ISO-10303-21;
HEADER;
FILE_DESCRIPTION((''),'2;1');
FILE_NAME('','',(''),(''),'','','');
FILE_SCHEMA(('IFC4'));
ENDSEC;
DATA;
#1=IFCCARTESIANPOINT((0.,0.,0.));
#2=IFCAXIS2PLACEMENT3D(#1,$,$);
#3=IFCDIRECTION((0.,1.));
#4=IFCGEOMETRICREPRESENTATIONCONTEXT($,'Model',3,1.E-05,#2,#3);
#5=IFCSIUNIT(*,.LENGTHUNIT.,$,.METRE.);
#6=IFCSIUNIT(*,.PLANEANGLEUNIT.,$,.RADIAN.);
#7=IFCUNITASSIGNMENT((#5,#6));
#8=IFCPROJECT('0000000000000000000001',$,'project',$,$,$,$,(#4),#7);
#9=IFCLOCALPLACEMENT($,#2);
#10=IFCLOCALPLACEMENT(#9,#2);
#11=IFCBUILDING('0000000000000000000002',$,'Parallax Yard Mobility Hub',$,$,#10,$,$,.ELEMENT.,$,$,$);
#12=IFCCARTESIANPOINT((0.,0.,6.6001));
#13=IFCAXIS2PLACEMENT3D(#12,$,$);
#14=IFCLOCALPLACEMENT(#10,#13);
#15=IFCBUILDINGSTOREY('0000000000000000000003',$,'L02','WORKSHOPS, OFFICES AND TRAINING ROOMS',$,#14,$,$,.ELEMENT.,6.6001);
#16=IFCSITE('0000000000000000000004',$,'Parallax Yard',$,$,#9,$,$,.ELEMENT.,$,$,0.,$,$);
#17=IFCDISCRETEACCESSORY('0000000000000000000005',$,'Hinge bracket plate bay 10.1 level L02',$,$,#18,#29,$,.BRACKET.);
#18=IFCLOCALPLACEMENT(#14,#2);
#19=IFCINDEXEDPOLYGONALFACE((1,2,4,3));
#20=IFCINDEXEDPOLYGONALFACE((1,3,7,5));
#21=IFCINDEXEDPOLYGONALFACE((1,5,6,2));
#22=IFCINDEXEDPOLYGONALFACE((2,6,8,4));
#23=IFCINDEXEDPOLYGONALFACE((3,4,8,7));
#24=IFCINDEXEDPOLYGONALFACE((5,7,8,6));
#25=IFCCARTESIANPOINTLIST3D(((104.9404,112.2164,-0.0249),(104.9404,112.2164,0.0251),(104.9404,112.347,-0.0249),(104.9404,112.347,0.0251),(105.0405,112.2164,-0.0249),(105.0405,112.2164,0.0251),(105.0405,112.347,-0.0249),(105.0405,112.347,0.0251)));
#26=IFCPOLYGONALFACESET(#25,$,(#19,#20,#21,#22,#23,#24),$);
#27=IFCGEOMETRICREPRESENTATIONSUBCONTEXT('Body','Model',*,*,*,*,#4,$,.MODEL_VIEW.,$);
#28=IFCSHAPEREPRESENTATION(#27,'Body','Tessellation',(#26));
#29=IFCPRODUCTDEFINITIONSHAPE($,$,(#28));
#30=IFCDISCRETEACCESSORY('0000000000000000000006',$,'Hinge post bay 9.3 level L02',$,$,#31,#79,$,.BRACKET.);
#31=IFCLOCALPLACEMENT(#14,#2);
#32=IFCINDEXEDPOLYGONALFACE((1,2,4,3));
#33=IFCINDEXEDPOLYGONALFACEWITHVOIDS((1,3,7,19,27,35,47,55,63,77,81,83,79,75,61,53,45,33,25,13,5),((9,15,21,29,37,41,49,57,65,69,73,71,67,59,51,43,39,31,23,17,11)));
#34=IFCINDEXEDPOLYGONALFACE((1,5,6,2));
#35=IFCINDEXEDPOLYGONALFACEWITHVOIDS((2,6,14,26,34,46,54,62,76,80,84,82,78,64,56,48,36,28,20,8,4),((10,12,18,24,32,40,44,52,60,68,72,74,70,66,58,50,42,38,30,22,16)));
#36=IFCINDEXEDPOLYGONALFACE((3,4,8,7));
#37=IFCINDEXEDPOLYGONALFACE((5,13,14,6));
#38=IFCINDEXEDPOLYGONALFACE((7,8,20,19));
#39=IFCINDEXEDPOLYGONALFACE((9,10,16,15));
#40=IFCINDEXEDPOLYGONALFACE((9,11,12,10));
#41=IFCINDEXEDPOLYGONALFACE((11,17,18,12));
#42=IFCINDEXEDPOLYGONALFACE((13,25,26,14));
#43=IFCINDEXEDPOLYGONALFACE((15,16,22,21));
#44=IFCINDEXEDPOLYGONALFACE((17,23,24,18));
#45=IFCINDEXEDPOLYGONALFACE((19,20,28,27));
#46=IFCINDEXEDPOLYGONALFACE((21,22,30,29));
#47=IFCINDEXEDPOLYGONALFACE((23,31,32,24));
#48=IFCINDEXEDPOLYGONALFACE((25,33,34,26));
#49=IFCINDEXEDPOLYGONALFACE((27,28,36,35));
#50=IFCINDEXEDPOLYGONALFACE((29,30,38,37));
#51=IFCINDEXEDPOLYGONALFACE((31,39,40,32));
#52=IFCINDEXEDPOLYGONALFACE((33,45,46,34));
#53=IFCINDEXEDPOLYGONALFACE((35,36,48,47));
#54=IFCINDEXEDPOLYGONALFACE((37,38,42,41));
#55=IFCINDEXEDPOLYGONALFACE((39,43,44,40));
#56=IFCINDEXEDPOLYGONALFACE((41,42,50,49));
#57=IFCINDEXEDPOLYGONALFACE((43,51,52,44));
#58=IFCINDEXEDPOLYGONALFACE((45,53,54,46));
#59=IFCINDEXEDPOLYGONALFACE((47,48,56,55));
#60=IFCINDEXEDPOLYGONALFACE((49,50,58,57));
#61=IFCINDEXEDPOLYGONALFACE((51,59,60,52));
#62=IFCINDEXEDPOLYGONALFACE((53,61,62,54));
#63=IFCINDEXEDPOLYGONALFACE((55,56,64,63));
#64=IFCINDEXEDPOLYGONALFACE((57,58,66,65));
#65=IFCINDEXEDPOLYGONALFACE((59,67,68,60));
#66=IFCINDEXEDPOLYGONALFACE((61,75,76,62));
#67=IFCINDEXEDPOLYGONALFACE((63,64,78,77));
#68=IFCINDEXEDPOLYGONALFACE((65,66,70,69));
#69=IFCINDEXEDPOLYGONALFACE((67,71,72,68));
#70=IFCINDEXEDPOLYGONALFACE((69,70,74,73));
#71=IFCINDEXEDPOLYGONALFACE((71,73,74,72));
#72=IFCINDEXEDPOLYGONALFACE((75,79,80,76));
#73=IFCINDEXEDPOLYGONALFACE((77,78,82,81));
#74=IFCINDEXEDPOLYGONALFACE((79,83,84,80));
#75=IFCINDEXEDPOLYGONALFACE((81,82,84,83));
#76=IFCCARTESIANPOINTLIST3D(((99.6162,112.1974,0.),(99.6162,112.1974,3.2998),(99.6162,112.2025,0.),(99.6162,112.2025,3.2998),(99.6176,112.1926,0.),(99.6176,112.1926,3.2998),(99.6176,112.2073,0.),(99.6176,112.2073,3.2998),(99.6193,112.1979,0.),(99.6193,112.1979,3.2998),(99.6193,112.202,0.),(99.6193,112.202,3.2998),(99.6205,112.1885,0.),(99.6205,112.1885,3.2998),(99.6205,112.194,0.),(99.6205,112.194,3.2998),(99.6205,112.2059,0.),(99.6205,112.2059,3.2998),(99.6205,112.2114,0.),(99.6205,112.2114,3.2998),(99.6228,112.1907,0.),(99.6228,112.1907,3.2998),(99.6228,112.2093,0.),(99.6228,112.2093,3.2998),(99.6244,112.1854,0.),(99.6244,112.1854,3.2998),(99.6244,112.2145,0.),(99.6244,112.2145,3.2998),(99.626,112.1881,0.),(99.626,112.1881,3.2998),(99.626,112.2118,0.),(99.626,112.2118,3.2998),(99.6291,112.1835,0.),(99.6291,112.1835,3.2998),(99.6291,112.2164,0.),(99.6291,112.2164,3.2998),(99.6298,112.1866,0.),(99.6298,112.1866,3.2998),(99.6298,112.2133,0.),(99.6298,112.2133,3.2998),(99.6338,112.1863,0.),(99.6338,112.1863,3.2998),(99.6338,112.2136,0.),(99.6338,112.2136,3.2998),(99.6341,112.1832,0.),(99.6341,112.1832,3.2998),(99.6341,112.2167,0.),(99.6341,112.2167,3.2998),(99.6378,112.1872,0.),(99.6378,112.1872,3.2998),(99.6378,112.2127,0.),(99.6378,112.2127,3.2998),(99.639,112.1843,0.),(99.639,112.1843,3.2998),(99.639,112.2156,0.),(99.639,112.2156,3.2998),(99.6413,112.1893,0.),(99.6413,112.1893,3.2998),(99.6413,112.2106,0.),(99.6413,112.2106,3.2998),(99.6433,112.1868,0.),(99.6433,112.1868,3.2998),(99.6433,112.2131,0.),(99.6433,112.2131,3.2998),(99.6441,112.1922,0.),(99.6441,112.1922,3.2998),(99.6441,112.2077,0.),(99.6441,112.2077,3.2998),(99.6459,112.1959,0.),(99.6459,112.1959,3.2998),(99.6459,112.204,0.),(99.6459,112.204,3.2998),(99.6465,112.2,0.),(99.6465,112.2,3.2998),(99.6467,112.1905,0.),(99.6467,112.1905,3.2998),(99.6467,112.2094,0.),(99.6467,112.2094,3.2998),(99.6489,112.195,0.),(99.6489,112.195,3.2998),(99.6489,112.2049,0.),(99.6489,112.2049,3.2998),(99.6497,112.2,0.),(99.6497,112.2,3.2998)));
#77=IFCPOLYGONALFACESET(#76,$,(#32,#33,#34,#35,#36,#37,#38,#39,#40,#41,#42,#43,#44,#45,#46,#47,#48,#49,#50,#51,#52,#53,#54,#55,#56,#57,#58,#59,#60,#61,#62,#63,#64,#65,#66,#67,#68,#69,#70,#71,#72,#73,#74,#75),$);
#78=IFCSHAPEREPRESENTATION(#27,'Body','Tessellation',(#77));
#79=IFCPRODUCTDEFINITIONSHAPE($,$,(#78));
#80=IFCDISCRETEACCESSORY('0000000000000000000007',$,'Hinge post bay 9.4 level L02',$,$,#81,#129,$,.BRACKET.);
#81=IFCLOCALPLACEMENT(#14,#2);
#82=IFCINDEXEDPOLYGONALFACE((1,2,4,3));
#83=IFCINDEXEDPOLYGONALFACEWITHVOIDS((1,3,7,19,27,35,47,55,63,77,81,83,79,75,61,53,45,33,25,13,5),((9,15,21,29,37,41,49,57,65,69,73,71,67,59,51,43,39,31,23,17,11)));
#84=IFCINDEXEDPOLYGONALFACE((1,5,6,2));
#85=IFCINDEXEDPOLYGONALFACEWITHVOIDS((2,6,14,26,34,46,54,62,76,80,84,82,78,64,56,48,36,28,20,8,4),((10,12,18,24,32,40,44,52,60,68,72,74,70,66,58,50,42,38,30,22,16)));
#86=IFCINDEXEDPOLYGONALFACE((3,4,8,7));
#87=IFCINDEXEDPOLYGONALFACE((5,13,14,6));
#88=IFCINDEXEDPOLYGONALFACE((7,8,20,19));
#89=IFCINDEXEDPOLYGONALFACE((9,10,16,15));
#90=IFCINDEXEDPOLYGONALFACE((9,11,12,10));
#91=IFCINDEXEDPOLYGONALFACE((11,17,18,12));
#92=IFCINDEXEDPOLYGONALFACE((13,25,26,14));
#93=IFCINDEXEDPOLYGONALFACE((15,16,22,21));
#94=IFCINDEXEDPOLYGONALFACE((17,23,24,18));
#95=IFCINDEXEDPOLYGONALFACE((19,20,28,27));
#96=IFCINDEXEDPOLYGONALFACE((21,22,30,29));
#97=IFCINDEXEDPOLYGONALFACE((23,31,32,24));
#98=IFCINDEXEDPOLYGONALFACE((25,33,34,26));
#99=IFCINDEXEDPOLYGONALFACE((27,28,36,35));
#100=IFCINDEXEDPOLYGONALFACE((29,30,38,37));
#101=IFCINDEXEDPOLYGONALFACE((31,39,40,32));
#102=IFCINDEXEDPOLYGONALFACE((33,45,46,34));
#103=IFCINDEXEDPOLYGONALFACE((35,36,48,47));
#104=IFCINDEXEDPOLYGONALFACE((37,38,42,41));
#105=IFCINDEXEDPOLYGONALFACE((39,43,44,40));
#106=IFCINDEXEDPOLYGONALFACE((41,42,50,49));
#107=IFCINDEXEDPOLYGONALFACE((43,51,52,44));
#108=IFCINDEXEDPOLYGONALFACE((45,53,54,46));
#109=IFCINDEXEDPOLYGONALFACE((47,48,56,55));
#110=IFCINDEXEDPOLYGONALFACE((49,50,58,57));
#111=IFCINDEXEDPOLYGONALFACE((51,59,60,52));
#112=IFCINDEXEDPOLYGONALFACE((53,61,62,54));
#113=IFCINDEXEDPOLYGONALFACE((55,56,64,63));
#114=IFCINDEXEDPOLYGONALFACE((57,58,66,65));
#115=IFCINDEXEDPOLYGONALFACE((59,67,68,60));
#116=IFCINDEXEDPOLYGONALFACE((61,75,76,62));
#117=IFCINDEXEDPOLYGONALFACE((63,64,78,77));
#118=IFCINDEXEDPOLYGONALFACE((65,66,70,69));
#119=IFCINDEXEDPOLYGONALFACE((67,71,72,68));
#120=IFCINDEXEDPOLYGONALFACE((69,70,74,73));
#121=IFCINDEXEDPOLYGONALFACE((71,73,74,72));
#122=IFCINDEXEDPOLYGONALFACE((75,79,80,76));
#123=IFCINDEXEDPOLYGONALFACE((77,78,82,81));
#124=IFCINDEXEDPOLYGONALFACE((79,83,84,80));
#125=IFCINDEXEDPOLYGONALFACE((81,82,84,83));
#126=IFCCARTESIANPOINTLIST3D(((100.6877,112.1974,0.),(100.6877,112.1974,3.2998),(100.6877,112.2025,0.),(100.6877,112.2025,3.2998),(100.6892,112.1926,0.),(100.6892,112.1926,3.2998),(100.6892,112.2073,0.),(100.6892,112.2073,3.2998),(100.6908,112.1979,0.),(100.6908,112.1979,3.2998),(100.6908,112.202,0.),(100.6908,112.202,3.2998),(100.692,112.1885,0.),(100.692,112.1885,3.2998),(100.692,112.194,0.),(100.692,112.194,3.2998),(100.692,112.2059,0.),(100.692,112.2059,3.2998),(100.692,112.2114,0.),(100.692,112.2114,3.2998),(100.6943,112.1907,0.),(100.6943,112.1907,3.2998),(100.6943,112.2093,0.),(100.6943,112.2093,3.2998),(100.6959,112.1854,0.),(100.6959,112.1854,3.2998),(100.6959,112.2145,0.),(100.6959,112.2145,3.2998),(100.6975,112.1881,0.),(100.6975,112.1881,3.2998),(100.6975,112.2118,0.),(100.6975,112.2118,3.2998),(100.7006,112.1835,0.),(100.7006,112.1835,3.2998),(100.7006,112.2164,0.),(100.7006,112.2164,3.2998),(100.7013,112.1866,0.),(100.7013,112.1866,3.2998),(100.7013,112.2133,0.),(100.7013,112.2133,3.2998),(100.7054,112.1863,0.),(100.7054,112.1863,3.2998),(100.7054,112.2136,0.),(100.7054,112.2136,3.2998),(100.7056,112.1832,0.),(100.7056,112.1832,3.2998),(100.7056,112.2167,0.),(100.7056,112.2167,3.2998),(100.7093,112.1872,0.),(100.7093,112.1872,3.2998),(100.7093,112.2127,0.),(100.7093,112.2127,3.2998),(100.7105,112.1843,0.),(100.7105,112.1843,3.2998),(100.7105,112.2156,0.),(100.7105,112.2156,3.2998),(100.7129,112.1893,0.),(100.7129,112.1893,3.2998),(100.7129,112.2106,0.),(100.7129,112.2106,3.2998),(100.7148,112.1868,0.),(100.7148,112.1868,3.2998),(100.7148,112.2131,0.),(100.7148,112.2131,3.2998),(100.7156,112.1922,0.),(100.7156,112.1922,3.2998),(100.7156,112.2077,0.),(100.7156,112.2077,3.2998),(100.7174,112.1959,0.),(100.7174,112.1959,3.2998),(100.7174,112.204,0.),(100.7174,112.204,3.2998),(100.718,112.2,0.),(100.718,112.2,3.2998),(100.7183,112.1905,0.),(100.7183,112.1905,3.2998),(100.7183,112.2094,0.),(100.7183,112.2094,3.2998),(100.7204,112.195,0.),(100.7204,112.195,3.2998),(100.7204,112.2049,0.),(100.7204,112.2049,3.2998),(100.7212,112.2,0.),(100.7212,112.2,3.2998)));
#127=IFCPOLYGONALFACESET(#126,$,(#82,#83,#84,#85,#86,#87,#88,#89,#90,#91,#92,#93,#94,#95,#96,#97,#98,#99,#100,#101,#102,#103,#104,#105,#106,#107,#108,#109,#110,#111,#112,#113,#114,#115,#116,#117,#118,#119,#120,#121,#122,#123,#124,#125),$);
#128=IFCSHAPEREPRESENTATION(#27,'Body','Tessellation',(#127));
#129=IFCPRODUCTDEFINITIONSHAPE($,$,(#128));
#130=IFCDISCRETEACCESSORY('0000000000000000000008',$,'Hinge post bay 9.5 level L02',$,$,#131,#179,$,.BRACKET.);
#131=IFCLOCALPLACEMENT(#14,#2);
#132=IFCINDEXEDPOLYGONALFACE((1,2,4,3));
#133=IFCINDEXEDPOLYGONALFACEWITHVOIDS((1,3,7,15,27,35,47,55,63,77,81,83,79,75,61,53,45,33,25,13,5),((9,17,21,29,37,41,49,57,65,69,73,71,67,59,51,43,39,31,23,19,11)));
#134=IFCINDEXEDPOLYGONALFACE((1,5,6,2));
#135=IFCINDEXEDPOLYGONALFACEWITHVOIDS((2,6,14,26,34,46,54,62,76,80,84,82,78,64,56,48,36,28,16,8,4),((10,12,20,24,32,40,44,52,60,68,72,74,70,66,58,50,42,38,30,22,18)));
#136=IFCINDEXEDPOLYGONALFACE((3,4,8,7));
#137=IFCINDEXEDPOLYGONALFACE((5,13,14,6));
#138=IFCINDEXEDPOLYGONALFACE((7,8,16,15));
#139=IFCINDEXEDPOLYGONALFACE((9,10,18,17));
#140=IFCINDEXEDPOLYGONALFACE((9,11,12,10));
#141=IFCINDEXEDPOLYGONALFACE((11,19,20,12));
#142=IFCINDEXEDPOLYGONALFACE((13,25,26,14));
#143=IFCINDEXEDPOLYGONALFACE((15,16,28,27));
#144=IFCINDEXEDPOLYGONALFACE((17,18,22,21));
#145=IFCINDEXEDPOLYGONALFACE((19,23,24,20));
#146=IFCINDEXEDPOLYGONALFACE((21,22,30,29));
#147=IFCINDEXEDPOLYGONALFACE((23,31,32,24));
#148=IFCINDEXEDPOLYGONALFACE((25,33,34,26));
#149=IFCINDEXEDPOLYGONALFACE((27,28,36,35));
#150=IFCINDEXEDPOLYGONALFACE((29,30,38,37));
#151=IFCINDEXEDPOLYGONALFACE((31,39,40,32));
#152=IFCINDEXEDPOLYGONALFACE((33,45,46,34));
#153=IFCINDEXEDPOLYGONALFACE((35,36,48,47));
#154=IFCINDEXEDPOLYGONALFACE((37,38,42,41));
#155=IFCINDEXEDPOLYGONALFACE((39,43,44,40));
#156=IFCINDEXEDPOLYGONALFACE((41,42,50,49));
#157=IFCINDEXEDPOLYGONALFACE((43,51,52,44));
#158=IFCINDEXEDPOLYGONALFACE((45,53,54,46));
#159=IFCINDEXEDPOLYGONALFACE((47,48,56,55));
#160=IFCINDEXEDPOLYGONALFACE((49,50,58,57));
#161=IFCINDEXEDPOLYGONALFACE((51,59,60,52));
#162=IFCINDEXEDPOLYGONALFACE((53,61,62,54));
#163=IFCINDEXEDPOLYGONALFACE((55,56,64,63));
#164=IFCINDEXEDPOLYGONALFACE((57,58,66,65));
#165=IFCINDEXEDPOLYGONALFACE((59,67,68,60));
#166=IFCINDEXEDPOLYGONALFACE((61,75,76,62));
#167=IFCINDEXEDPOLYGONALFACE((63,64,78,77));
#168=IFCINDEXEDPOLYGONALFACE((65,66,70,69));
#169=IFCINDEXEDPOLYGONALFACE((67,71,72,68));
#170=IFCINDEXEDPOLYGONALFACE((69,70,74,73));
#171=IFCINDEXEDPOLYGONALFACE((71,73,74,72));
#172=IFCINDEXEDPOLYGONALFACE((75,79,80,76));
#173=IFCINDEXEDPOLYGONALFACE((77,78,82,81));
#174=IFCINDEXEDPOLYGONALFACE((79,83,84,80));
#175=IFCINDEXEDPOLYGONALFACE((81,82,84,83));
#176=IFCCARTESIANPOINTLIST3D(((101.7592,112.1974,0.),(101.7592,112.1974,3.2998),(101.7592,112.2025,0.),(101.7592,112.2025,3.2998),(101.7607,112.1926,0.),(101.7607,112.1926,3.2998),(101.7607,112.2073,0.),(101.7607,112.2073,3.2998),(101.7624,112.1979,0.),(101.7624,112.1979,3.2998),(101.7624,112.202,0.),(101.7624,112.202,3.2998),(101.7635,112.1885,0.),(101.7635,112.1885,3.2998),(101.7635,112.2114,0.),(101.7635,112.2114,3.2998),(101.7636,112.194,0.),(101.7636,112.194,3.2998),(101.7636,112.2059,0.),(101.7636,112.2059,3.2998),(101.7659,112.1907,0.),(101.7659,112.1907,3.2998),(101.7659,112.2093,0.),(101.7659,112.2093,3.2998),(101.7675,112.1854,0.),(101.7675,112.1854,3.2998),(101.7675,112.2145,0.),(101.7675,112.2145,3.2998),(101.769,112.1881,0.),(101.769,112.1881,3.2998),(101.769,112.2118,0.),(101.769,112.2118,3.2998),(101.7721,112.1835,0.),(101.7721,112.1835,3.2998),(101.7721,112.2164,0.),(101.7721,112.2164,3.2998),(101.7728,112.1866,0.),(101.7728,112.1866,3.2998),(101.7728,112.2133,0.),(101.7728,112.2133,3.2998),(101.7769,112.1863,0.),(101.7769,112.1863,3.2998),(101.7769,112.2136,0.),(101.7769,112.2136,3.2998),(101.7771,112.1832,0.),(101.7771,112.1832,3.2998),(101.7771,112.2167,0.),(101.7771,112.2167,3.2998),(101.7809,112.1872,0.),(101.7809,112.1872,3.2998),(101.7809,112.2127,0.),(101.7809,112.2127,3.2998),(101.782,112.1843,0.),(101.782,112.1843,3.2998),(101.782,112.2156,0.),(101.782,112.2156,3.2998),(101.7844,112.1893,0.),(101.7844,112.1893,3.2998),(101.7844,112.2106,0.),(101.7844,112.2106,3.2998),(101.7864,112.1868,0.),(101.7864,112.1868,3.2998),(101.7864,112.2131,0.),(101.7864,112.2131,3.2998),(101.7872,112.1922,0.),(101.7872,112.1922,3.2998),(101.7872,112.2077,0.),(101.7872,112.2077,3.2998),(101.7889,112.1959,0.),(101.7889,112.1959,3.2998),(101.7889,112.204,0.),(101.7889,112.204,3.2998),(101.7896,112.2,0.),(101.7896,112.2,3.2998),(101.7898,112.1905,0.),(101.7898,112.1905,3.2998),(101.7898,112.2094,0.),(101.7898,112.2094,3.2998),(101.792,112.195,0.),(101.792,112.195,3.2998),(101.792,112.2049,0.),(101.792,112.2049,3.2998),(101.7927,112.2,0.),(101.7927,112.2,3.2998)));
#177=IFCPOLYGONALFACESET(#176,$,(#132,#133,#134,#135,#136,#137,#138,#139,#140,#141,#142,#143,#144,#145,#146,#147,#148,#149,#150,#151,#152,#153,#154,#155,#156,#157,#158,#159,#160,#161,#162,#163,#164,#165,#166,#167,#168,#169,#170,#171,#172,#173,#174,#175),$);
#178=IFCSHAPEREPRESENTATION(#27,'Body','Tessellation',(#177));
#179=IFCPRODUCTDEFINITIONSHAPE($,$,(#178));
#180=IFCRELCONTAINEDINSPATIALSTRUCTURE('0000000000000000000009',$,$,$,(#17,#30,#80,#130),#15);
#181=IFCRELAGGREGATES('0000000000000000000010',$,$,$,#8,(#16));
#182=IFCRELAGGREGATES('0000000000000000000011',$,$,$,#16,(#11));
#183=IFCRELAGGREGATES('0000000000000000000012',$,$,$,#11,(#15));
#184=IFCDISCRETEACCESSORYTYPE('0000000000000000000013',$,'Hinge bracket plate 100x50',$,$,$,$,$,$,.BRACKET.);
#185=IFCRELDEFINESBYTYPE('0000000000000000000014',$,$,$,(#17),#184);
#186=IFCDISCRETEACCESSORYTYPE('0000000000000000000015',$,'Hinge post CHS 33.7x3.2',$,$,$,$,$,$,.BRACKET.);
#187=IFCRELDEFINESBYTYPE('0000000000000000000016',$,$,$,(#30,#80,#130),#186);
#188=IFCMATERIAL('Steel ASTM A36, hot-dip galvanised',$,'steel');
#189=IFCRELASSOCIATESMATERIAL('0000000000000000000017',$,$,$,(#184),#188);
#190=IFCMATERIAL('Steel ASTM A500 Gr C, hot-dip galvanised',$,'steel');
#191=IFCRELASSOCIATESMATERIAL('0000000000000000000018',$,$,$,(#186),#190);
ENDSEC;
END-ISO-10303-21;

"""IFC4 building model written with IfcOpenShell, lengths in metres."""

from ifc_helpers import new_model, si_unit, direction, frame, origin, origin_2d, place, context, subcontext, project, spatial, rectangle, hollow_circle, extrude, material, material_profile, profile_set, type_object, element, save


model = new_model("IFC4")

# Units and contexts
model_context = context("Model", 3, precision=1e-05, world=origin(), true_north=direction((0.0, 1.0)))
body_context = subcontext(model_context, "Body", "Model", "MODEL_VIEW")
ifc_project = project(units=[si_unit("LENGTHUNIT", "METRE"), si_unit("PLANEANGLEUNIT", "RADIAN")], contexts=[model_context])

# Site, building, storey
site_placement = place(None, origin())
site = spatial("IfcSite", under=ifc_project, at=site_placement, Name="Parallax Yard", CompositionType="ELEMENT", RefElevation=0.0)
building_placement = place(site_placement, origin())
building = spatial("IfcBuilding", under=site, at=building_placement, Name="Parallax Yard Mobility Hub", CompositionType="ELEMENT")
storey_placement = place(building_placement, frame((0.0, 0.0, 6.6001)))
storey = spatial("IfcBuildingStorey", under=building, at=storey_placement, Name="L02", Description="WORKSHOPS, OFFICES AND TRAINING ROOMS", CompositionType="ELEMENT", Elevation=6.6001)

# Discrete accessories
ifc_material_1 = material(Name="Steel ASTM A36, hot-dip galvanised", Category="steel")
discrete_accessory_type_1 = type_object("IfcDiscreteAccessoryType", Name="Hinge bracket plate 100x50", PredefinedType="BRACKET", material=ifc_material_1)
discrete_accessory_1_placement = place(storey_placement, frame((104.9905, 112.2817, -0.0249), z_axis=(0.0, 0.0, 1.0), x_axis=(0.0, -1.0, 0.0)))
element("IfcDiscreteAccessory", 1, at=discrete_accessory_1_placement, inside=storey, type_object=discrete_accessory_type_1, Name="Hinge bracket plate bay 10.1 level L02", PredefinedType="BRACKET", context=body_context, shape_type="SweptSolid", body=[
    extrude(rectangle(XDim=0.1306, YDim=0.1001, at=origin_2d()), origin(), (0.0, 0.0, 1.0), 0.05),
])
ifc_material_2 = material(Name="Steel ASTM A500 Gr C, hot-dip galvanised", Category="steel")
ifc_material_profile_1 = material_profile(ifc_material_2, hollow_circle(Radius=0.0168, WallThickness=0.0032, at=origin_2d()), Name="CHS 33.7x3.2")
ifc_profile_set_1 = profile_set([ifc_material_profile_1], Name="Steel ASTM A500 Gr C, hot-dip galvanised")
discrete_accessory_type_2 = type_object("IfcDiscreteAccessoryType", Name="Hinge post CHS 33.7x3.2", PredefinedType="BRACKET", material=ifc_profile_set_1)
for number, where, z_axis, x_axis, name in (
    (2, (99.6328, 112.2, 0.0), (0.0, 0.0, 1.0), (1.0, 0.0, 0.0), "Hinge post bay 9.3 level L02"),
    (3, (100.7043, 112.2, 0.0), (0.0, 0.0, 1.0), (1.0, 0.0, 0.0), "Hinge post bay 9.4 level L02"),
    (4, (101.7759, 112.2, 0.0), (0.0, 0.0, 1.0), (1.0, 0.0, 0.0), "Hinge post bay 9.5 level L02"),
):
    element("IfcDiscreteAccessory", number, at=place(storey_placement, frame(where, z_axis=z_axis, x_axis=x_axis)), inside=storey, type_object=discrete_accessory_type_2, Name=name, PredefinedType="BRACKET", context=body_context, shape_type="SweptSolid", body=[
        extrude(hollow_circle(Radius=0.0168, WallThickness=0.0032, at=origin_2d()), origin(), (0.0, 0.0, 1.0), 3.2998),
    ])

save(model, "model.ifc")
